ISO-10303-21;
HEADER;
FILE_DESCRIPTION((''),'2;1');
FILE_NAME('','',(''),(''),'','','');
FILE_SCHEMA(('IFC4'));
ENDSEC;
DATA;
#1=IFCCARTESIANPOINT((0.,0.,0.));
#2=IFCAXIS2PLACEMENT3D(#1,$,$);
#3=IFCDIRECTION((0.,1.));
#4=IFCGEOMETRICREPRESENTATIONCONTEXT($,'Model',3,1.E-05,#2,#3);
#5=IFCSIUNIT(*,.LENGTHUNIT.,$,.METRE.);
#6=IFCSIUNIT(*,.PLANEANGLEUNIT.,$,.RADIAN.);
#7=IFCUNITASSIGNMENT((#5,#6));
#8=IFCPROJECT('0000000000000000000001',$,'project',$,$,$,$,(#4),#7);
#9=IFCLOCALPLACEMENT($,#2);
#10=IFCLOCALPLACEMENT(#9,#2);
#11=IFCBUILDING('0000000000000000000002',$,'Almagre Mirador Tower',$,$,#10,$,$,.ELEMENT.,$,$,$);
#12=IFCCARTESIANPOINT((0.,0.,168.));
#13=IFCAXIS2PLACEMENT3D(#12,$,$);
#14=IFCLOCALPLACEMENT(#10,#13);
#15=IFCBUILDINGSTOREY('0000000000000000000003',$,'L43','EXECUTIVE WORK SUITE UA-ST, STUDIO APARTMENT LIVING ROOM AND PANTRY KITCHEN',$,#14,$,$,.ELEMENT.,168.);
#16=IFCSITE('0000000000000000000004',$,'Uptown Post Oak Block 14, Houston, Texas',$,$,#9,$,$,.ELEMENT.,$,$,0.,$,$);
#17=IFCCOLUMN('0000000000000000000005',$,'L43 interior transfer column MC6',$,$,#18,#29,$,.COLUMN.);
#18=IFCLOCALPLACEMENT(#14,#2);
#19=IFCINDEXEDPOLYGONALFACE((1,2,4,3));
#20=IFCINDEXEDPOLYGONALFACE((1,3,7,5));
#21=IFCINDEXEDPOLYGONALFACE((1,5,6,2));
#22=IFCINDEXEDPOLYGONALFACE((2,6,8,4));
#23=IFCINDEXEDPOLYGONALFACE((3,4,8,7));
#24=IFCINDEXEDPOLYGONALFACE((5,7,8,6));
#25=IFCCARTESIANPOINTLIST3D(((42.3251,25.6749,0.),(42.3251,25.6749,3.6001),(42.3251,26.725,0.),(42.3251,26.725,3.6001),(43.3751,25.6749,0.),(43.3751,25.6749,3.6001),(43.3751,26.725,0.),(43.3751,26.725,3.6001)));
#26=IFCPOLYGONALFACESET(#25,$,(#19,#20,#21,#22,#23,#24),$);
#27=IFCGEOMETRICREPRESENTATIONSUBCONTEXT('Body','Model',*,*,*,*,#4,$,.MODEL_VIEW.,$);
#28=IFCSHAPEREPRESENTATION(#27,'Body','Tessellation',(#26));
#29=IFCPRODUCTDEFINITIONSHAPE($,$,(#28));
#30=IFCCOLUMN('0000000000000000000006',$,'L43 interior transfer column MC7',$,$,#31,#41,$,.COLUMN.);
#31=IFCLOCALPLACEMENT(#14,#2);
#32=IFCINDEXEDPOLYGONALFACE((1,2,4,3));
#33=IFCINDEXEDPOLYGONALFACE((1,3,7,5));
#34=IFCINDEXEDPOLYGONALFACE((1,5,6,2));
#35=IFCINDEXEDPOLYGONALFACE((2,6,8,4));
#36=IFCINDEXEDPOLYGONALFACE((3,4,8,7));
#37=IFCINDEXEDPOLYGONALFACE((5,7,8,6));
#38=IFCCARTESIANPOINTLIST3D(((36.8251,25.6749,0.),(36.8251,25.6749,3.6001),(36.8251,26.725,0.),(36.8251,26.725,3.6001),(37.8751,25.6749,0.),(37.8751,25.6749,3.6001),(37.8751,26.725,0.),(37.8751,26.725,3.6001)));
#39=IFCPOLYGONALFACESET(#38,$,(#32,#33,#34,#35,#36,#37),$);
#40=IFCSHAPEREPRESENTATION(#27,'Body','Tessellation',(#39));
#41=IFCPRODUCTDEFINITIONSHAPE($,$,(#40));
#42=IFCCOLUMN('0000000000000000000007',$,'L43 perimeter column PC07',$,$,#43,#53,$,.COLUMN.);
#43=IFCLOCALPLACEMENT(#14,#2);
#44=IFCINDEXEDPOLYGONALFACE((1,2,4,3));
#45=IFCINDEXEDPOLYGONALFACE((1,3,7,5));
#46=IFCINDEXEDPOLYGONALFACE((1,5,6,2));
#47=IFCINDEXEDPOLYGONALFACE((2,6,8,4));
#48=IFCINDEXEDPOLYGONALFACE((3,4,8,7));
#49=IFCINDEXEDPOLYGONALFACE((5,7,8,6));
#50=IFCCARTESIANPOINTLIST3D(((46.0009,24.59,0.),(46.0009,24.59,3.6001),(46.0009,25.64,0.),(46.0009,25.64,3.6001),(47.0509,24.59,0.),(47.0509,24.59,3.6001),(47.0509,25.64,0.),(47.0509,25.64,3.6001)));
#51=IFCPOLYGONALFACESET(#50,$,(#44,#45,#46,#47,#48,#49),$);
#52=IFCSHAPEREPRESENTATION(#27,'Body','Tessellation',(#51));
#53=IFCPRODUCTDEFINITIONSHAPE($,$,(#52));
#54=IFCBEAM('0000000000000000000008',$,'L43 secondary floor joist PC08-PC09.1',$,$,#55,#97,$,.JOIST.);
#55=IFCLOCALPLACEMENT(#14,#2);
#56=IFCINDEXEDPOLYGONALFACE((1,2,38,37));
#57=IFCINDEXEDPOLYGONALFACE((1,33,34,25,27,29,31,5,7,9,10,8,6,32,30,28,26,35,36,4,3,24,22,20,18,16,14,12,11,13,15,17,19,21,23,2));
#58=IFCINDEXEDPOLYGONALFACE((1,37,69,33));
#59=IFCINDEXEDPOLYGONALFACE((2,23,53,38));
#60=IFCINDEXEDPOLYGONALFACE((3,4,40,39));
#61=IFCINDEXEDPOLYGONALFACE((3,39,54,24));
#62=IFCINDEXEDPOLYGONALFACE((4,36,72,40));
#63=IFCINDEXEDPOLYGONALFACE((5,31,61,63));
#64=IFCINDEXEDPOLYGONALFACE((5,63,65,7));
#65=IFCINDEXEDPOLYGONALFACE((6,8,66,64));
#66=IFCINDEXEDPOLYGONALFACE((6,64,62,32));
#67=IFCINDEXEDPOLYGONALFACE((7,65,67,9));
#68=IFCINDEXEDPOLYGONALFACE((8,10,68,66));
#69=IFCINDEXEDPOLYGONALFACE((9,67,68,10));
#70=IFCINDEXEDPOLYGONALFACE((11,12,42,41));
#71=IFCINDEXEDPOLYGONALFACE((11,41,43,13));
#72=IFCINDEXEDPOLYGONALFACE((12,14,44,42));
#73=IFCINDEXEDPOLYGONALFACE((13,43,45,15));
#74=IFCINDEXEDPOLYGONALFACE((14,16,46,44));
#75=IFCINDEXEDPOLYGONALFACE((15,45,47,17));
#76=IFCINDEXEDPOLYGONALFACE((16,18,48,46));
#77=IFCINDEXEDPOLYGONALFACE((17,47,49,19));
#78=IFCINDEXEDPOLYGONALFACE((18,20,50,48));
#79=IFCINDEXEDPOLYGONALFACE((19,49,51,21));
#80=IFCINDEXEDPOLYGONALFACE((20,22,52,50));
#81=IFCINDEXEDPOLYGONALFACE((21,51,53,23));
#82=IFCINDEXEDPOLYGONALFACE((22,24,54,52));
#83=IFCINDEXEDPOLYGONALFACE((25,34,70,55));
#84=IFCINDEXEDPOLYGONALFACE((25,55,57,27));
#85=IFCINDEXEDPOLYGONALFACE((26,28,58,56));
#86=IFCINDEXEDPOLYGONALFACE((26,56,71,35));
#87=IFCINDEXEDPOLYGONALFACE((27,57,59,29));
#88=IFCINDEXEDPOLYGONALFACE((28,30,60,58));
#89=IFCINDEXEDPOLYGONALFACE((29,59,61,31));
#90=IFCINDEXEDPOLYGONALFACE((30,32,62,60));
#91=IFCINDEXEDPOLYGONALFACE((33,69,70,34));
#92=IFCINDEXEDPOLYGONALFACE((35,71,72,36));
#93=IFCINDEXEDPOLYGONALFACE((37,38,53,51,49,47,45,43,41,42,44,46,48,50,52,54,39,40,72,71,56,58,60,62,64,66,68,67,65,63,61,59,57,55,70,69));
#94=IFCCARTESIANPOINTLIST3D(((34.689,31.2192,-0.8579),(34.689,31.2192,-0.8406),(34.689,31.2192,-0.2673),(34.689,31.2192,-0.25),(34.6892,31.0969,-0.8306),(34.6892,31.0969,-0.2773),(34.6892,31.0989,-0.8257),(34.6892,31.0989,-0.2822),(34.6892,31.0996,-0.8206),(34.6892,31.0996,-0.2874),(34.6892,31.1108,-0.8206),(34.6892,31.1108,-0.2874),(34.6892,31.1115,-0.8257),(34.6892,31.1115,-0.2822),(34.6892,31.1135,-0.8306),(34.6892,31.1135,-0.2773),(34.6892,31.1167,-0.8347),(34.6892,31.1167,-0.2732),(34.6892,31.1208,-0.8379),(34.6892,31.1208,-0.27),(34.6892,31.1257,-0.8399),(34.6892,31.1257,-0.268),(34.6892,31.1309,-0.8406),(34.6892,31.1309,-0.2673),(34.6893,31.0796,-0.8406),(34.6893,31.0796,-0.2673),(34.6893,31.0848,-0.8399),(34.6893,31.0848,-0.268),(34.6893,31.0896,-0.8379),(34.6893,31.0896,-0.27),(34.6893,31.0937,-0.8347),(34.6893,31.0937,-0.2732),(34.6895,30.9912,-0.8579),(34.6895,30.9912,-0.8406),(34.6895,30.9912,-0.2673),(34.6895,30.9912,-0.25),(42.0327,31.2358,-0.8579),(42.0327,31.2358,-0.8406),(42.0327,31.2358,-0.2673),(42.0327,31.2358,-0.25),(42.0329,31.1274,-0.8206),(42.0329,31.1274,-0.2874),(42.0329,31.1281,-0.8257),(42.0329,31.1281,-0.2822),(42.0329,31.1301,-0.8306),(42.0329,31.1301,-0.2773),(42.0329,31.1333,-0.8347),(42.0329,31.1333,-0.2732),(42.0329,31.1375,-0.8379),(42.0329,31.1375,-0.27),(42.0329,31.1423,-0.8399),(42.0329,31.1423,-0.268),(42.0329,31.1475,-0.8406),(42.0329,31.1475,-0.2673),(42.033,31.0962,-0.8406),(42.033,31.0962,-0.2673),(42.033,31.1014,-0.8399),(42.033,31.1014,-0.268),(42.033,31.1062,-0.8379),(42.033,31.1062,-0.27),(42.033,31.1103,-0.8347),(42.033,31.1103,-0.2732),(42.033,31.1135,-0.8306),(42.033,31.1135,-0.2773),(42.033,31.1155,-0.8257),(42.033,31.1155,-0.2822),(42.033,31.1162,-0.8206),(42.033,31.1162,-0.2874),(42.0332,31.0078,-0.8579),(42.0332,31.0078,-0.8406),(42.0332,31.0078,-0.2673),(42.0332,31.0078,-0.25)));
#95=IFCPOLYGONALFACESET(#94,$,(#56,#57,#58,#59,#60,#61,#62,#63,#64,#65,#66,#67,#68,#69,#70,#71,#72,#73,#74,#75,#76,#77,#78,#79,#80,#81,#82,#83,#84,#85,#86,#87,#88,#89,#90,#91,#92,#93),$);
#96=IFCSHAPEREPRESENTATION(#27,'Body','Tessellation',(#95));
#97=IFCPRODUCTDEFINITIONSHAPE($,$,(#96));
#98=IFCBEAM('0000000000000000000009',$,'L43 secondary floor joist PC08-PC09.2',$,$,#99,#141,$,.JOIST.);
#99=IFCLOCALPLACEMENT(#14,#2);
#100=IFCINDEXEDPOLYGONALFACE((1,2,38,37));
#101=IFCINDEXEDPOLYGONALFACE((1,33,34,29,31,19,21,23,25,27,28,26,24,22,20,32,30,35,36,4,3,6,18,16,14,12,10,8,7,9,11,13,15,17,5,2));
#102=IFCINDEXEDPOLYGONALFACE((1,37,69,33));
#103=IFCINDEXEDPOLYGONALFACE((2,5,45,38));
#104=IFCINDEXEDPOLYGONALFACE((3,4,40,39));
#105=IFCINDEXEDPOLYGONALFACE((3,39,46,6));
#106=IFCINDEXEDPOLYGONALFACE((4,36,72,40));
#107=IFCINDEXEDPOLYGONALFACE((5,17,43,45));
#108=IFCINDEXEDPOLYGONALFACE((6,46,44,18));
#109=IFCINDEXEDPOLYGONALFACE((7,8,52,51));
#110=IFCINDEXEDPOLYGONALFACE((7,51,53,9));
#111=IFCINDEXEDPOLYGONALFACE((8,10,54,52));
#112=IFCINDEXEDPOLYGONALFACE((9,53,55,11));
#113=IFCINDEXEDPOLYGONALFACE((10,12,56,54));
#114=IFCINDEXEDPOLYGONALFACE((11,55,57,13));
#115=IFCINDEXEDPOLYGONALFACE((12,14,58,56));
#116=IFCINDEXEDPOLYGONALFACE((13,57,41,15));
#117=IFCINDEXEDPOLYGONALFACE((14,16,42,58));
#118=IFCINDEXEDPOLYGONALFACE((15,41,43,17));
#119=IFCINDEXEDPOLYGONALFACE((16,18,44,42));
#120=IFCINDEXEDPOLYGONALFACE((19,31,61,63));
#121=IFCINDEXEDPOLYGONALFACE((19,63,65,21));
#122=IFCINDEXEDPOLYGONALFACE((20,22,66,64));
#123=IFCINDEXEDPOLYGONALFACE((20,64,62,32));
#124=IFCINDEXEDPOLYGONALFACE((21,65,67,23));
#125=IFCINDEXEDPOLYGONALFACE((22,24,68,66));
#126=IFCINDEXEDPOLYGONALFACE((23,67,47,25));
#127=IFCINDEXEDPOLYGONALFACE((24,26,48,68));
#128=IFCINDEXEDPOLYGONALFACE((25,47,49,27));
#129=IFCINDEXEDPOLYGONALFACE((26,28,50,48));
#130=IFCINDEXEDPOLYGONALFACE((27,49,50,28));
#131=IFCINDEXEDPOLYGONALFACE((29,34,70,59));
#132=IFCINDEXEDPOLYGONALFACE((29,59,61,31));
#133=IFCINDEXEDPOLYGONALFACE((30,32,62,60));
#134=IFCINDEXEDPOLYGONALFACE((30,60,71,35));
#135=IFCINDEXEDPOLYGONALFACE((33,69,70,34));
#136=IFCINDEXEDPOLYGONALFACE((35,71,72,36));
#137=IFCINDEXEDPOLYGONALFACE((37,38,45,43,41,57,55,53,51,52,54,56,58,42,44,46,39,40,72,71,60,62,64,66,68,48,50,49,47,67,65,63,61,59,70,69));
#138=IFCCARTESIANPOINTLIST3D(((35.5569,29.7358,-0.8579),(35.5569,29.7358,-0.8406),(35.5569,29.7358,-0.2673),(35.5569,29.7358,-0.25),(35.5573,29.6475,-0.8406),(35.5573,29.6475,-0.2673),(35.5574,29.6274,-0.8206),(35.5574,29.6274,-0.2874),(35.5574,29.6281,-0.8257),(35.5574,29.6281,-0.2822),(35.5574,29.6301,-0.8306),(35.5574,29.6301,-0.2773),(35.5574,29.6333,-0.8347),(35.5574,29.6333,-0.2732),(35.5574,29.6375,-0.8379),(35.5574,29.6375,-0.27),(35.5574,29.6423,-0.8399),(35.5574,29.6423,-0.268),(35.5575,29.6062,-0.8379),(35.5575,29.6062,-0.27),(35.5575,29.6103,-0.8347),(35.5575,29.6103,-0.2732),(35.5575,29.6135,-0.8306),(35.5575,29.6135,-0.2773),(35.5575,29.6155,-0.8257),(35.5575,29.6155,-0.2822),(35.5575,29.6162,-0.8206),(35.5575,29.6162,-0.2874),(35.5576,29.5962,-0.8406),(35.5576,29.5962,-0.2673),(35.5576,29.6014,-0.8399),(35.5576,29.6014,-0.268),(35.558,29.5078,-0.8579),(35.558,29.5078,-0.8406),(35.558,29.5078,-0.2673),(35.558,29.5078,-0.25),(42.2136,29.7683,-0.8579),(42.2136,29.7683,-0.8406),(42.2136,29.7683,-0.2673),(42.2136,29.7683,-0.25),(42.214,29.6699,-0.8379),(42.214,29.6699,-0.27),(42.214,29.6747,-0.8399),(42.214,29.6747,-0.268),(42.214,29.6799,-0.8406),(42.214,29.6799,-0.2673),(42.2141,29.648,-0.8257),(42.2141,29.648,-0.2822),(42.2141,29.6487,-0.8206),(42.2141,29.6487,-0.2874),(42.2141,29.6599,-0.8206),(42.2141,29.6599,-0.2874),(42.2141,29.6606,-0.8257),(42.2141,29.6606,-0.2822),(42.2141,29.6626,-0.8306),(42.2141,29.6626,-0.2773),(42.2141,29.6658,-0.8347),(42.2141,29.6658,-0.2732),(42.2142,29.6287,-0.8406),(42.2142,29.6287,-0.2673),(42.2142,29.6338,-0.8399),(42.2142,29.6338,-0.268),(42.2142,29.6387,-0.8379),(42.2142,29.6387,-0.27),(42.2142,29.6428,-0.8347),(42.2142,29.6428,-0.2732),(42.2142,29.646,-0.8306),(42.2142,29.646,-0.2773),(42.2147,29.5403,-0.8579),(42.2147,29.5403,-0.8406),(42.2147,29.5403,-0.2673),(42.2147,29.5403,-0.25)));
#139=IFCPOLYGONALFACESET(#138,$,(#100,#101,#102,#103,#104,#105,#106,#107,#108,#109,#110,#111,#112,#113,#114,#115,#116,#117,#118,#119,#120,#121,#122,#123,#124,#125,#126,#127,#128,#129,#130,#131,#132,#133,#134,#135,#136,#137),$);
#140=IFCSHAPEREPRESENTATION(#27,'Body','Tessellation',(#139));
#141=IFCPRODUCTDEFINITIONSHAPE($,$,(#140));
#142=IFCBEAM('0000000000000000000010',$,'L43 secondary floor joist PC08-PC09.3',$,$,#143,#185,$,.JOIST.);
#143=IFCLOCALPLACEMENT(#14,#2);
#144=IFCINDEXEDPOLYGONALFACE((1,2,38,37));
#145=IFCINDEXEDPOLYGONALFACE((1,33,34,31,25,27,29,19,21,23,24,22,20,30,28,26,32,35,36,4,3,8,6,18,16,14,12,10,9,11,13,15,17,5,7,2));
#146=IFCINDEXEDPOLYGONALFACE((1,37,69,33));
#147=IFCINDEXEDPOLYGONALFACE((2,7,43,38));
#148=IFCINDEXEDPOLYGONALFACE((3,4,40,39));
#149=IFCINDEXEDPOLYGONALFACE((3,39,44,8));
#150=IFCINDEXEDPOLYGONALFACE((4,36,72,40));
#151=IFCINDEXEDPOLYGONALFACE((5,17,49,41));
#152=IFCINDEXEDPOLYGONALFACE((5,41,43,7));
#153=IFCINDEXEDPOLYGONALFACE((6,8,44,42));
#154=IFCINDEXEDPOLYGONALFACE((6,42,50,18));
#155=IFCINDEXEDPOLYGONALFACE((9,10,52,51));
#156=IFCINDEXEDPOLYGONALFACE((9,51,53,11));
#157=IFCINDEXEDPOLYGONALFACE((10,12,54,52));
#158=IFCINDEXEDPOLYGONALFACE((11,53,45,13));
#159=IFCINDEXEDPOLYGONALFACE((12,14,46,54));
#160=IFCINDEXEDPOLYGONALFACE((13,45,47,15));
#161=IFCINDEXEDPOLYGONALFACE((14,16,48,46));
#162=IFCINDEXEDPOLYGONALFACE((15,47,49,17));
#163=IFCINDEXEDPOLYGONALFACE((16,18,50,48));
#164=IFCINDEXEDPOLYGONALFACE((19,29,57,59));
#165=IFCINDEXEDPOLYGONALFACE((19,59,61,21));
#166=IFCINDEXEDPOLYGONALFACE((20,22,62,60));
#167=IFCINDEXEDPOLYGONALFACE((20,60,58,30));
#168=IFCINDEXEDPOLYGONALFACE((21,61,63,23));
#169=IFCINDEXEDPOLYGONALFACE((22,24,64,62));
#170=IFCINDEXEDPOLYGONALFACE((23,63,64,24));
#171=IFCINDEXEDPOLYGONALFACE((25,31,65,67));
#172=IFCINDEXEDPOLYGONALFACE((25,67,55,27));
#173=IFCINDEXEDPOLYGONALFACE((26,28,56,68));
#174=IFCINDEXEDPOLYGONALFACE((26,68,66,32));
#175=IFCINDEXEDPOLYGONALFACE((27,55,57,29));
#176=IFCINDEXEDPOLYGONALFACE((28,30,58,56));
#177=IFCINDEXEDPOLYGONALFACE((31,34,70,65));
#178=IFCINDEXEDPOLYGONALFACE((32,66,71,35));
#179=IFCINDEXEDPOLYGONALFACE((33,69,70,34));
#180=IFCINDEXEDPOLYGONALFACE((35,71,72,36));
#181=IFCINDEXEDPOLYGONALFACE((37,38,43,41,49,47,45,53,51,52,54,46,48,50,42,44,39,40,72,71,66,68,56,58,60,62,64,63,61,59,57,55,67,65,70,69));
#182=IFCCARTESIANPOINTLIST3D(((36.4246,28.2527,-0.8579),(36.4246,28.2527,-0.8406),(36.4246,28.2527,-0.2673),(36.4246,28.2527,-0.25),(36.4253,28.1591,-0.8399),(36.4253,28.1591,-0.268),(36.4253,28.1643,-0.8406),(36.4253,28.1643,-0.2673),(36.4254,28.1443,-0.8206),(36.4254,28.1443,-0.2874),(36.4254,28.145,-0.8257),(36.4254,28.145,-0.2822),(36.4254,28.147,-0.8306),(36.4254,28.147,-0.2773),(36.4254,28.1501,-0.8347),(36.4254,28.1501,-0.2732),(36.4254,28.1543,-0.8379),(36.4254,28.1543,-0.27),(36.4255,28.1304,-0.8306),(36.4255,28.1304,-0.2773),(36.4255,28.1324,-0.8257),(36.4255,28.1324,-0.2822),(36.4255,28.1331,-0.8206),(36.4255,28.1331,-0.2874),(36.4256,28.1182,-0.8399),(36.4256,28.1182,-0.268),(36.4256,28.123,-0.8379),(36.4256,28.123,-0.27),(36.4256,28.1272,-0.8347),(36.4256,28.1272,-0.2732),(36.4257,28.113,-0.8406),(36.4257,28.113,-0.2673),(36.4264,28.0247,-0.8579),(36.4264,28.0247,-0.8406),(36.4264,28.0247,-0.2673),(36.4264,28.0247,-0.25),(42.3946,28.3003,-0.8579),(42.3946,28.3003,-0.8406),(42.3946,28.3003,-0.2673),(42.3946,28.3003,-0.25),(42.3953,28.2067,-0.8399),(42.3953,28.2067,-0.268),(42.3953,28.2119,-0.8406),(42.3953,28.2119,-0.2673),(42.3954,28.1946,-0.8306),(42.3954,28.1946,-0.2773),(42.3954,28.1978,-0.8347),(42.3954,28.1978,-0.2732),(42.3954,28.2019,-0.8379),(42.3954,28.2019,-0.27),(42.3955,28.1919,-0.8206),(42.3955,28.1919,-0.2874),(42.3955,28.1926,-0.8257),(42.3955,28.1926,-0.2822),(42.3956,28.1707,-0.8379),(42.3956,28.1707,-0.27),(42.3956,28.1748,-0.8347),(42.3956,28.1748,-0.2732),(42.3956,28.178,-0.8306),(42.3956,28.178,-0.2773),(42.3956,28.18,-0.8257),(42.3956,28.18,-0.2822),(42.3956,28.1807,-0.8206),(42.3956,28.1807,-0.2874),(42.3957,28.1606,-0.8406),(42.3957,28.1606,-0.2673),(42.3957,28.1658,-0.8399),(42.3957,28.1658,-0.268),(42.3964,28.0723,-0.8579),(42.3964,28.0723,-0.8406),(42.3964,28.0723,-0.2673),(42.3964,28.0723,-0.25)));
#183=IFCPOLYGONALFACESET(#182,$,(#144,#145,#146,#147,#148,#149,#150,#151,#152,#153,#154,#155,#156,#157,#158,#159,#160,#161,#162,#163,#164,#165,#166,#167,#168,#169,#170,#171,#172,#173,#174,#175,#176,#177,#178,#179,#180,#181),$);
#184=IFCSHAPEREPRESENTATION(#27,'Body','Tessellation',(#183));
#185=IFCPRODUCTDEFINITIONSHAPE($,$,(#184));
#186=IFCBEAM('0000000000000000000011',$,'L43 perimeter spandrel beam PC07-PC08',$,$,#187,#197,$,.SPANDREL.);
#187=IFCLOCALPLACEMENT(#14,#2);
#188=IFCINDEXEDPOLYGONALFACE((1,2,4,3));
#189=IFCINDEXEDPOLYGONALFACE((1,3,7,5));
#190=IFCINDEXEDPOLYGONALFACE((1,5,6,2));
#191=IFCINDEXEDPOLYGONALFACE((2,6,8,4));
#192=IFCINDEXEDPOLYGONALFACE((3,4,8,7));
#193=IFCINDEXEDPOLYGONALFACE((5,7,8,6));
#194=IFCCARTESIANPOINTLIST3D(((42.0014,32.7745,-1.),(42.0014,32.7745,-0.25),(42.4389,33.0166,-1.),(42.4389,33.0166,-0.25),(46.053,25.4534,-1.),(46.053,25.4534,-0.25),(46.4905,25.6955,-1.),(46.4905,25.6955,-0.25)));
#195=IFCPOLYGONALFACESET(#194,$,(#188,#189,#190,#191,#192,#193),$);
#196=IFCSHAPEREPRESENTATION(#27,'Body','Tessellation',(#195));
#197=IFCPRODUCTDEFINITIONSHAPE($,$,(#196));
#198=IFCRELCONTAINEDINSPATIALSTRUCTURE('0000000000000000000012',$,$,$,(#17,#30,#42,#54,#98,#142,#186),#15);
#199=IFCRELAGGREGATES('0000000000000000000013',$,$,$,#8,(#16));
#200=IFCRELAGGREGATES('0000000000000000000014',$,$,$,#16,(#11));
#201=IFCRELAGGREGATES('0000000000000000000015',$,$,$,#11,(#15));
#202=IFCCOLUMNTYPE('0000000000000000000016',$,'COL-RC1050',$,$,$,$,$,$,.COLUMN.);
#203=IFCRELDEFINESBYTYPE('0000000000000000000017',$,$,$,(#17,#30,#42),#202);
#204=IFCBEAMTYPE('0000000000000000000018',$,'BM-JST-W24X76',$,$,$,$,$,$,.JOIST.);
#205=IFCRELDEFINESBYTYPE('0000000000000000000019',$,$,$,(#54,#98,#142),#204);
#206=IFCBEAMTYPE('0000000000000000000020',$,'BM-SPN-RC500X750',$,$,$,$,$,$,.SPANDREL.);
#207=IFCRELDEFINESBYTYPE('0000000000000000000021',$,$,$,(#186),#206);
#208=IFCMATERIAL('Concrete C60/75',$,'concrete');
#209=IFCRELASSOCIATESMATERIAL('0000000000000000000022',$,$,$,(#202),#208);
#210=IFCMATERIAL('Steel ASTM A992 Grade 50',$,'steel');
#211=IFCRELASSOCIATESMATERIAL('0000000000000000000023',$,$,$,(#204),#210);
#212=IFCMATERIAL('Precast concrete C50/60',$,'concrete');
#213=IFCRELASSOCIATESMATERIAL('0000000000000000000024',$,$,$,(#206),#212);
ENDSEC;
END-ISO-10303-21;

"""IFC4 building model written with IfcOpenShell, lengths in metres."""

from ifc_helpers import new_model, si_unit, direction, frame, origin, origin_2d, place, context, subcontext, project, spatial, rectangle, i_section, extrude, material, material_profile, profile_set, type_object, element, save


model = new_model("IFC4")

# Units and contexts
model_context = context("Model", 3, precision=1e-05, world=origin(), true_north=direction((0.0, 1.0)))
body_context = subcontext(model_context, "Body", "Model", "MODEL_VIEW")
ifc_project = project(units=[si_unit("LENGTHUNIT", "METRE"), si_unit("PLANEANGLEUNIT", "RADIAN")], contexts=[model_context])

# Site, building, storey
site_placement = place(None, origin())
site = spatial("IfcSite", under=ifc_project, at=site_placement, Name="Uptown Post Oak Block 14, Houston, Texas", CompositionType="ELEMENT", RefElevation=0.0)
building_placement = place(site_placement, origin())
building = spatial("IfcBuilding", under=site, at=building_placement, Name="Almagre Mirador Tower", CompositionType="ELEMENT")
storey_placement = place(building_placement, frame((0.0, 0.0, 168.0)))
storey = spatial("IfcBuildingStorey", under=building, at=storey_placement, Name="L43", Description="EXECUTIVE WORK SUITE UA-ST, STUDIO APARTMENT LIVING ROOM AND PANTRY KITCHEN", CompositionType="ELEMENT", Elevation=168.0)

# Columns
ifc_material_1 = material(Name="Concrete C60/75", Category="concrete")
ifc_material_profile_1 = material_profile(ifc_material_1, rectangle(XDim=1.05, YDim=1.05, at=origin_2d()), Name="RC1050X1050")
ifc_profile_set_1 = profile_set([ifc_material_profile_1], Name="Concrete C60/75")
column_type = type_object("IfcColumnType", Name="COL-RC1050", PredefinedType="COLUMN", material=ifc_profile_set_1)
for number, where, z_axis, x_axis, name in (
    (1, (42.8501, 26.2, 0.0), (0.0, 0.0, 1.0), (1.0, 0.0, 0.0), "L43 interior transfer column MC6"),
    (2, (37.3501, 26.2, 0.0), (0.0, 0.0, 1.0), (1.0, 0.0, 0.0), "L43 interior transfer column MC7"),
    (3, (46.5259, 25.115, 0.0), (0.0, 0.0, 1.0), (1.0, 0.0, 0.0), "L43 perimeter column PC07"),
):
    element("IfcColumn", number, at=place(storey_placement, frame(where, z_axis=z_axis, x_axis=x_axis)), inside=storey, type_object=column_type, Name=name, PredefinedType="COLUMN", context=body_context, shape_type="SweptSolid", body=[
        extrude(rectangle(XDim=1.05, YDim=1.05, at=origin_2d()), origin(), (0.0, 0.0, 1.0), 3.6001),
    ])

# Beams
ifc_material_2 = material(Name="Steel ASTM A992 Grade 50", Category="steel")
ifc_material_profile_2 = material_profile(ifc_material_2, i_section(OverallWidth=0.228, OverallDepth=0.6079, WebThickness=0.0112, FlangeThickness=0.0173, FilletRadius=0.02, at=origin_2d()), Name="W24X76")
ifc_profile_set_2 = profile_set([ifc_material_profile_2], Name="Steel ASTM A992 Grade 50")
beam_type_1 = type_object("IfcBeamType", Name="BM-JST-W24X76", PredefinedType="JOIST", material=ifc_profile_set_2)
beam_1_placement = place(storey_placement, frame((42.033, 31.1218, -0.554), z_axis=(-0.999997, -0.002261, 0.0), x_axis=(0.002261, -0.999997, 0.0)))
element("IfcBeam", 4, at=beam_1_placement, inside=storey, type_object=beam_type_1, Name="L43 secondary floor joist PC08-PC09.1", PredefinedType="JOIST", context=body_context, shape_type="SweptSolid", body=[
    extrude(i_section(OverallWidth=0.228, OverallDepth=0.6079, WebThickness=0.0112, FlangeThickness=0.0173, FilletRadius=0.02, at=origin_2d()), origin(), (0.0, 0.0, 1.0), 7.3438),
])
beam_2_placement = place(storey_placement, frame((42.2141, 29.6543, -0.554), z_axis=(-0.999988, -0.004878, 0.0), x_axis=(0.004878, -0.999988, 0.0)))
element("IfcBeam", 5, at=beam_2_placement, inside=storey, type_object=beam_type_1, Name="L43 secondary floor joist PC08-PC09.2", PredefinedType="JOIST", context=body_context, shape_type="SweptSolid", body=[
    extrude(i_section(OverallWidth=0.228, OverallDepth=0.6079, WebThickness=0.0112, FlangeThickness=0.0173, FilletRadius=0.02, at=origin_2d()), origin(), (0.0, 0.0, 1.0), 6.6567),
])
beam_3_placement = place(storey_placement, frame((42.3955, 28.1863, -0.554), z_axis=(-0.999968, -0.007974, 0.0), x_axis=(0.007974, -0.999968, 0.0)))
element("IfcBeam", 6, at=beam_3_placement, inside=storey, type_object=beam_type_1, Name="L43 secondary floor joist PC08-PC09.3", PredefinedType="JOIST", context=body_context, shape_type="SweptSolid", body=[
    extrude(i_section(OverallWidth=0.228, OverallDepth=0.6079, WebThickness=0.0112, FlangeThickness=0.0173, FilletRadius=0.02, at=origin_2d()), origin(), (0.0, 0.0, 1.0), 5.9702),
])
ifc_material_3 = material(Name="Precast concrete C50/60", Category="concrete")
ifc_material_profile_3 = material_profile(ifc_material_3, rectangle(XDim=0.5, YDim=0.75, at=origin_2d()), Name="RC500X750")
ifc_profile_set_3 = profile_set([ifc_material_profile_3], Name="Precast concrete C50/60")
beam_type_2 = type_object("IfcBeamType", Name="BM-SPN-RC500X750", PredefinedType="SPANDREL", material=ifc_profile_set_3)
beam_4_placement = place(storey_placement, frame((46.2717, 25.5745, -0.625), z_axis=(-0.484205, 0.874954, 0.0), x_axis=(-0.874954, -0.484205, 0.0)))
element("IfcBeam", 7, at=beam_4_placement, inside=storey, type_object=beam_type_2, Name="L43 perimeter spandrel beam PC07-PC08", PredefinedType="SPANDREL", context=body_context, shape_type="SweptSolid", body=[
    extrude(rectangle(XDim=0.5, YDim=0.75, at=origin_2d()), origin(), (0.0, 0.0, 1.0), 8.3674),
])

save(model, "model.ifc")
